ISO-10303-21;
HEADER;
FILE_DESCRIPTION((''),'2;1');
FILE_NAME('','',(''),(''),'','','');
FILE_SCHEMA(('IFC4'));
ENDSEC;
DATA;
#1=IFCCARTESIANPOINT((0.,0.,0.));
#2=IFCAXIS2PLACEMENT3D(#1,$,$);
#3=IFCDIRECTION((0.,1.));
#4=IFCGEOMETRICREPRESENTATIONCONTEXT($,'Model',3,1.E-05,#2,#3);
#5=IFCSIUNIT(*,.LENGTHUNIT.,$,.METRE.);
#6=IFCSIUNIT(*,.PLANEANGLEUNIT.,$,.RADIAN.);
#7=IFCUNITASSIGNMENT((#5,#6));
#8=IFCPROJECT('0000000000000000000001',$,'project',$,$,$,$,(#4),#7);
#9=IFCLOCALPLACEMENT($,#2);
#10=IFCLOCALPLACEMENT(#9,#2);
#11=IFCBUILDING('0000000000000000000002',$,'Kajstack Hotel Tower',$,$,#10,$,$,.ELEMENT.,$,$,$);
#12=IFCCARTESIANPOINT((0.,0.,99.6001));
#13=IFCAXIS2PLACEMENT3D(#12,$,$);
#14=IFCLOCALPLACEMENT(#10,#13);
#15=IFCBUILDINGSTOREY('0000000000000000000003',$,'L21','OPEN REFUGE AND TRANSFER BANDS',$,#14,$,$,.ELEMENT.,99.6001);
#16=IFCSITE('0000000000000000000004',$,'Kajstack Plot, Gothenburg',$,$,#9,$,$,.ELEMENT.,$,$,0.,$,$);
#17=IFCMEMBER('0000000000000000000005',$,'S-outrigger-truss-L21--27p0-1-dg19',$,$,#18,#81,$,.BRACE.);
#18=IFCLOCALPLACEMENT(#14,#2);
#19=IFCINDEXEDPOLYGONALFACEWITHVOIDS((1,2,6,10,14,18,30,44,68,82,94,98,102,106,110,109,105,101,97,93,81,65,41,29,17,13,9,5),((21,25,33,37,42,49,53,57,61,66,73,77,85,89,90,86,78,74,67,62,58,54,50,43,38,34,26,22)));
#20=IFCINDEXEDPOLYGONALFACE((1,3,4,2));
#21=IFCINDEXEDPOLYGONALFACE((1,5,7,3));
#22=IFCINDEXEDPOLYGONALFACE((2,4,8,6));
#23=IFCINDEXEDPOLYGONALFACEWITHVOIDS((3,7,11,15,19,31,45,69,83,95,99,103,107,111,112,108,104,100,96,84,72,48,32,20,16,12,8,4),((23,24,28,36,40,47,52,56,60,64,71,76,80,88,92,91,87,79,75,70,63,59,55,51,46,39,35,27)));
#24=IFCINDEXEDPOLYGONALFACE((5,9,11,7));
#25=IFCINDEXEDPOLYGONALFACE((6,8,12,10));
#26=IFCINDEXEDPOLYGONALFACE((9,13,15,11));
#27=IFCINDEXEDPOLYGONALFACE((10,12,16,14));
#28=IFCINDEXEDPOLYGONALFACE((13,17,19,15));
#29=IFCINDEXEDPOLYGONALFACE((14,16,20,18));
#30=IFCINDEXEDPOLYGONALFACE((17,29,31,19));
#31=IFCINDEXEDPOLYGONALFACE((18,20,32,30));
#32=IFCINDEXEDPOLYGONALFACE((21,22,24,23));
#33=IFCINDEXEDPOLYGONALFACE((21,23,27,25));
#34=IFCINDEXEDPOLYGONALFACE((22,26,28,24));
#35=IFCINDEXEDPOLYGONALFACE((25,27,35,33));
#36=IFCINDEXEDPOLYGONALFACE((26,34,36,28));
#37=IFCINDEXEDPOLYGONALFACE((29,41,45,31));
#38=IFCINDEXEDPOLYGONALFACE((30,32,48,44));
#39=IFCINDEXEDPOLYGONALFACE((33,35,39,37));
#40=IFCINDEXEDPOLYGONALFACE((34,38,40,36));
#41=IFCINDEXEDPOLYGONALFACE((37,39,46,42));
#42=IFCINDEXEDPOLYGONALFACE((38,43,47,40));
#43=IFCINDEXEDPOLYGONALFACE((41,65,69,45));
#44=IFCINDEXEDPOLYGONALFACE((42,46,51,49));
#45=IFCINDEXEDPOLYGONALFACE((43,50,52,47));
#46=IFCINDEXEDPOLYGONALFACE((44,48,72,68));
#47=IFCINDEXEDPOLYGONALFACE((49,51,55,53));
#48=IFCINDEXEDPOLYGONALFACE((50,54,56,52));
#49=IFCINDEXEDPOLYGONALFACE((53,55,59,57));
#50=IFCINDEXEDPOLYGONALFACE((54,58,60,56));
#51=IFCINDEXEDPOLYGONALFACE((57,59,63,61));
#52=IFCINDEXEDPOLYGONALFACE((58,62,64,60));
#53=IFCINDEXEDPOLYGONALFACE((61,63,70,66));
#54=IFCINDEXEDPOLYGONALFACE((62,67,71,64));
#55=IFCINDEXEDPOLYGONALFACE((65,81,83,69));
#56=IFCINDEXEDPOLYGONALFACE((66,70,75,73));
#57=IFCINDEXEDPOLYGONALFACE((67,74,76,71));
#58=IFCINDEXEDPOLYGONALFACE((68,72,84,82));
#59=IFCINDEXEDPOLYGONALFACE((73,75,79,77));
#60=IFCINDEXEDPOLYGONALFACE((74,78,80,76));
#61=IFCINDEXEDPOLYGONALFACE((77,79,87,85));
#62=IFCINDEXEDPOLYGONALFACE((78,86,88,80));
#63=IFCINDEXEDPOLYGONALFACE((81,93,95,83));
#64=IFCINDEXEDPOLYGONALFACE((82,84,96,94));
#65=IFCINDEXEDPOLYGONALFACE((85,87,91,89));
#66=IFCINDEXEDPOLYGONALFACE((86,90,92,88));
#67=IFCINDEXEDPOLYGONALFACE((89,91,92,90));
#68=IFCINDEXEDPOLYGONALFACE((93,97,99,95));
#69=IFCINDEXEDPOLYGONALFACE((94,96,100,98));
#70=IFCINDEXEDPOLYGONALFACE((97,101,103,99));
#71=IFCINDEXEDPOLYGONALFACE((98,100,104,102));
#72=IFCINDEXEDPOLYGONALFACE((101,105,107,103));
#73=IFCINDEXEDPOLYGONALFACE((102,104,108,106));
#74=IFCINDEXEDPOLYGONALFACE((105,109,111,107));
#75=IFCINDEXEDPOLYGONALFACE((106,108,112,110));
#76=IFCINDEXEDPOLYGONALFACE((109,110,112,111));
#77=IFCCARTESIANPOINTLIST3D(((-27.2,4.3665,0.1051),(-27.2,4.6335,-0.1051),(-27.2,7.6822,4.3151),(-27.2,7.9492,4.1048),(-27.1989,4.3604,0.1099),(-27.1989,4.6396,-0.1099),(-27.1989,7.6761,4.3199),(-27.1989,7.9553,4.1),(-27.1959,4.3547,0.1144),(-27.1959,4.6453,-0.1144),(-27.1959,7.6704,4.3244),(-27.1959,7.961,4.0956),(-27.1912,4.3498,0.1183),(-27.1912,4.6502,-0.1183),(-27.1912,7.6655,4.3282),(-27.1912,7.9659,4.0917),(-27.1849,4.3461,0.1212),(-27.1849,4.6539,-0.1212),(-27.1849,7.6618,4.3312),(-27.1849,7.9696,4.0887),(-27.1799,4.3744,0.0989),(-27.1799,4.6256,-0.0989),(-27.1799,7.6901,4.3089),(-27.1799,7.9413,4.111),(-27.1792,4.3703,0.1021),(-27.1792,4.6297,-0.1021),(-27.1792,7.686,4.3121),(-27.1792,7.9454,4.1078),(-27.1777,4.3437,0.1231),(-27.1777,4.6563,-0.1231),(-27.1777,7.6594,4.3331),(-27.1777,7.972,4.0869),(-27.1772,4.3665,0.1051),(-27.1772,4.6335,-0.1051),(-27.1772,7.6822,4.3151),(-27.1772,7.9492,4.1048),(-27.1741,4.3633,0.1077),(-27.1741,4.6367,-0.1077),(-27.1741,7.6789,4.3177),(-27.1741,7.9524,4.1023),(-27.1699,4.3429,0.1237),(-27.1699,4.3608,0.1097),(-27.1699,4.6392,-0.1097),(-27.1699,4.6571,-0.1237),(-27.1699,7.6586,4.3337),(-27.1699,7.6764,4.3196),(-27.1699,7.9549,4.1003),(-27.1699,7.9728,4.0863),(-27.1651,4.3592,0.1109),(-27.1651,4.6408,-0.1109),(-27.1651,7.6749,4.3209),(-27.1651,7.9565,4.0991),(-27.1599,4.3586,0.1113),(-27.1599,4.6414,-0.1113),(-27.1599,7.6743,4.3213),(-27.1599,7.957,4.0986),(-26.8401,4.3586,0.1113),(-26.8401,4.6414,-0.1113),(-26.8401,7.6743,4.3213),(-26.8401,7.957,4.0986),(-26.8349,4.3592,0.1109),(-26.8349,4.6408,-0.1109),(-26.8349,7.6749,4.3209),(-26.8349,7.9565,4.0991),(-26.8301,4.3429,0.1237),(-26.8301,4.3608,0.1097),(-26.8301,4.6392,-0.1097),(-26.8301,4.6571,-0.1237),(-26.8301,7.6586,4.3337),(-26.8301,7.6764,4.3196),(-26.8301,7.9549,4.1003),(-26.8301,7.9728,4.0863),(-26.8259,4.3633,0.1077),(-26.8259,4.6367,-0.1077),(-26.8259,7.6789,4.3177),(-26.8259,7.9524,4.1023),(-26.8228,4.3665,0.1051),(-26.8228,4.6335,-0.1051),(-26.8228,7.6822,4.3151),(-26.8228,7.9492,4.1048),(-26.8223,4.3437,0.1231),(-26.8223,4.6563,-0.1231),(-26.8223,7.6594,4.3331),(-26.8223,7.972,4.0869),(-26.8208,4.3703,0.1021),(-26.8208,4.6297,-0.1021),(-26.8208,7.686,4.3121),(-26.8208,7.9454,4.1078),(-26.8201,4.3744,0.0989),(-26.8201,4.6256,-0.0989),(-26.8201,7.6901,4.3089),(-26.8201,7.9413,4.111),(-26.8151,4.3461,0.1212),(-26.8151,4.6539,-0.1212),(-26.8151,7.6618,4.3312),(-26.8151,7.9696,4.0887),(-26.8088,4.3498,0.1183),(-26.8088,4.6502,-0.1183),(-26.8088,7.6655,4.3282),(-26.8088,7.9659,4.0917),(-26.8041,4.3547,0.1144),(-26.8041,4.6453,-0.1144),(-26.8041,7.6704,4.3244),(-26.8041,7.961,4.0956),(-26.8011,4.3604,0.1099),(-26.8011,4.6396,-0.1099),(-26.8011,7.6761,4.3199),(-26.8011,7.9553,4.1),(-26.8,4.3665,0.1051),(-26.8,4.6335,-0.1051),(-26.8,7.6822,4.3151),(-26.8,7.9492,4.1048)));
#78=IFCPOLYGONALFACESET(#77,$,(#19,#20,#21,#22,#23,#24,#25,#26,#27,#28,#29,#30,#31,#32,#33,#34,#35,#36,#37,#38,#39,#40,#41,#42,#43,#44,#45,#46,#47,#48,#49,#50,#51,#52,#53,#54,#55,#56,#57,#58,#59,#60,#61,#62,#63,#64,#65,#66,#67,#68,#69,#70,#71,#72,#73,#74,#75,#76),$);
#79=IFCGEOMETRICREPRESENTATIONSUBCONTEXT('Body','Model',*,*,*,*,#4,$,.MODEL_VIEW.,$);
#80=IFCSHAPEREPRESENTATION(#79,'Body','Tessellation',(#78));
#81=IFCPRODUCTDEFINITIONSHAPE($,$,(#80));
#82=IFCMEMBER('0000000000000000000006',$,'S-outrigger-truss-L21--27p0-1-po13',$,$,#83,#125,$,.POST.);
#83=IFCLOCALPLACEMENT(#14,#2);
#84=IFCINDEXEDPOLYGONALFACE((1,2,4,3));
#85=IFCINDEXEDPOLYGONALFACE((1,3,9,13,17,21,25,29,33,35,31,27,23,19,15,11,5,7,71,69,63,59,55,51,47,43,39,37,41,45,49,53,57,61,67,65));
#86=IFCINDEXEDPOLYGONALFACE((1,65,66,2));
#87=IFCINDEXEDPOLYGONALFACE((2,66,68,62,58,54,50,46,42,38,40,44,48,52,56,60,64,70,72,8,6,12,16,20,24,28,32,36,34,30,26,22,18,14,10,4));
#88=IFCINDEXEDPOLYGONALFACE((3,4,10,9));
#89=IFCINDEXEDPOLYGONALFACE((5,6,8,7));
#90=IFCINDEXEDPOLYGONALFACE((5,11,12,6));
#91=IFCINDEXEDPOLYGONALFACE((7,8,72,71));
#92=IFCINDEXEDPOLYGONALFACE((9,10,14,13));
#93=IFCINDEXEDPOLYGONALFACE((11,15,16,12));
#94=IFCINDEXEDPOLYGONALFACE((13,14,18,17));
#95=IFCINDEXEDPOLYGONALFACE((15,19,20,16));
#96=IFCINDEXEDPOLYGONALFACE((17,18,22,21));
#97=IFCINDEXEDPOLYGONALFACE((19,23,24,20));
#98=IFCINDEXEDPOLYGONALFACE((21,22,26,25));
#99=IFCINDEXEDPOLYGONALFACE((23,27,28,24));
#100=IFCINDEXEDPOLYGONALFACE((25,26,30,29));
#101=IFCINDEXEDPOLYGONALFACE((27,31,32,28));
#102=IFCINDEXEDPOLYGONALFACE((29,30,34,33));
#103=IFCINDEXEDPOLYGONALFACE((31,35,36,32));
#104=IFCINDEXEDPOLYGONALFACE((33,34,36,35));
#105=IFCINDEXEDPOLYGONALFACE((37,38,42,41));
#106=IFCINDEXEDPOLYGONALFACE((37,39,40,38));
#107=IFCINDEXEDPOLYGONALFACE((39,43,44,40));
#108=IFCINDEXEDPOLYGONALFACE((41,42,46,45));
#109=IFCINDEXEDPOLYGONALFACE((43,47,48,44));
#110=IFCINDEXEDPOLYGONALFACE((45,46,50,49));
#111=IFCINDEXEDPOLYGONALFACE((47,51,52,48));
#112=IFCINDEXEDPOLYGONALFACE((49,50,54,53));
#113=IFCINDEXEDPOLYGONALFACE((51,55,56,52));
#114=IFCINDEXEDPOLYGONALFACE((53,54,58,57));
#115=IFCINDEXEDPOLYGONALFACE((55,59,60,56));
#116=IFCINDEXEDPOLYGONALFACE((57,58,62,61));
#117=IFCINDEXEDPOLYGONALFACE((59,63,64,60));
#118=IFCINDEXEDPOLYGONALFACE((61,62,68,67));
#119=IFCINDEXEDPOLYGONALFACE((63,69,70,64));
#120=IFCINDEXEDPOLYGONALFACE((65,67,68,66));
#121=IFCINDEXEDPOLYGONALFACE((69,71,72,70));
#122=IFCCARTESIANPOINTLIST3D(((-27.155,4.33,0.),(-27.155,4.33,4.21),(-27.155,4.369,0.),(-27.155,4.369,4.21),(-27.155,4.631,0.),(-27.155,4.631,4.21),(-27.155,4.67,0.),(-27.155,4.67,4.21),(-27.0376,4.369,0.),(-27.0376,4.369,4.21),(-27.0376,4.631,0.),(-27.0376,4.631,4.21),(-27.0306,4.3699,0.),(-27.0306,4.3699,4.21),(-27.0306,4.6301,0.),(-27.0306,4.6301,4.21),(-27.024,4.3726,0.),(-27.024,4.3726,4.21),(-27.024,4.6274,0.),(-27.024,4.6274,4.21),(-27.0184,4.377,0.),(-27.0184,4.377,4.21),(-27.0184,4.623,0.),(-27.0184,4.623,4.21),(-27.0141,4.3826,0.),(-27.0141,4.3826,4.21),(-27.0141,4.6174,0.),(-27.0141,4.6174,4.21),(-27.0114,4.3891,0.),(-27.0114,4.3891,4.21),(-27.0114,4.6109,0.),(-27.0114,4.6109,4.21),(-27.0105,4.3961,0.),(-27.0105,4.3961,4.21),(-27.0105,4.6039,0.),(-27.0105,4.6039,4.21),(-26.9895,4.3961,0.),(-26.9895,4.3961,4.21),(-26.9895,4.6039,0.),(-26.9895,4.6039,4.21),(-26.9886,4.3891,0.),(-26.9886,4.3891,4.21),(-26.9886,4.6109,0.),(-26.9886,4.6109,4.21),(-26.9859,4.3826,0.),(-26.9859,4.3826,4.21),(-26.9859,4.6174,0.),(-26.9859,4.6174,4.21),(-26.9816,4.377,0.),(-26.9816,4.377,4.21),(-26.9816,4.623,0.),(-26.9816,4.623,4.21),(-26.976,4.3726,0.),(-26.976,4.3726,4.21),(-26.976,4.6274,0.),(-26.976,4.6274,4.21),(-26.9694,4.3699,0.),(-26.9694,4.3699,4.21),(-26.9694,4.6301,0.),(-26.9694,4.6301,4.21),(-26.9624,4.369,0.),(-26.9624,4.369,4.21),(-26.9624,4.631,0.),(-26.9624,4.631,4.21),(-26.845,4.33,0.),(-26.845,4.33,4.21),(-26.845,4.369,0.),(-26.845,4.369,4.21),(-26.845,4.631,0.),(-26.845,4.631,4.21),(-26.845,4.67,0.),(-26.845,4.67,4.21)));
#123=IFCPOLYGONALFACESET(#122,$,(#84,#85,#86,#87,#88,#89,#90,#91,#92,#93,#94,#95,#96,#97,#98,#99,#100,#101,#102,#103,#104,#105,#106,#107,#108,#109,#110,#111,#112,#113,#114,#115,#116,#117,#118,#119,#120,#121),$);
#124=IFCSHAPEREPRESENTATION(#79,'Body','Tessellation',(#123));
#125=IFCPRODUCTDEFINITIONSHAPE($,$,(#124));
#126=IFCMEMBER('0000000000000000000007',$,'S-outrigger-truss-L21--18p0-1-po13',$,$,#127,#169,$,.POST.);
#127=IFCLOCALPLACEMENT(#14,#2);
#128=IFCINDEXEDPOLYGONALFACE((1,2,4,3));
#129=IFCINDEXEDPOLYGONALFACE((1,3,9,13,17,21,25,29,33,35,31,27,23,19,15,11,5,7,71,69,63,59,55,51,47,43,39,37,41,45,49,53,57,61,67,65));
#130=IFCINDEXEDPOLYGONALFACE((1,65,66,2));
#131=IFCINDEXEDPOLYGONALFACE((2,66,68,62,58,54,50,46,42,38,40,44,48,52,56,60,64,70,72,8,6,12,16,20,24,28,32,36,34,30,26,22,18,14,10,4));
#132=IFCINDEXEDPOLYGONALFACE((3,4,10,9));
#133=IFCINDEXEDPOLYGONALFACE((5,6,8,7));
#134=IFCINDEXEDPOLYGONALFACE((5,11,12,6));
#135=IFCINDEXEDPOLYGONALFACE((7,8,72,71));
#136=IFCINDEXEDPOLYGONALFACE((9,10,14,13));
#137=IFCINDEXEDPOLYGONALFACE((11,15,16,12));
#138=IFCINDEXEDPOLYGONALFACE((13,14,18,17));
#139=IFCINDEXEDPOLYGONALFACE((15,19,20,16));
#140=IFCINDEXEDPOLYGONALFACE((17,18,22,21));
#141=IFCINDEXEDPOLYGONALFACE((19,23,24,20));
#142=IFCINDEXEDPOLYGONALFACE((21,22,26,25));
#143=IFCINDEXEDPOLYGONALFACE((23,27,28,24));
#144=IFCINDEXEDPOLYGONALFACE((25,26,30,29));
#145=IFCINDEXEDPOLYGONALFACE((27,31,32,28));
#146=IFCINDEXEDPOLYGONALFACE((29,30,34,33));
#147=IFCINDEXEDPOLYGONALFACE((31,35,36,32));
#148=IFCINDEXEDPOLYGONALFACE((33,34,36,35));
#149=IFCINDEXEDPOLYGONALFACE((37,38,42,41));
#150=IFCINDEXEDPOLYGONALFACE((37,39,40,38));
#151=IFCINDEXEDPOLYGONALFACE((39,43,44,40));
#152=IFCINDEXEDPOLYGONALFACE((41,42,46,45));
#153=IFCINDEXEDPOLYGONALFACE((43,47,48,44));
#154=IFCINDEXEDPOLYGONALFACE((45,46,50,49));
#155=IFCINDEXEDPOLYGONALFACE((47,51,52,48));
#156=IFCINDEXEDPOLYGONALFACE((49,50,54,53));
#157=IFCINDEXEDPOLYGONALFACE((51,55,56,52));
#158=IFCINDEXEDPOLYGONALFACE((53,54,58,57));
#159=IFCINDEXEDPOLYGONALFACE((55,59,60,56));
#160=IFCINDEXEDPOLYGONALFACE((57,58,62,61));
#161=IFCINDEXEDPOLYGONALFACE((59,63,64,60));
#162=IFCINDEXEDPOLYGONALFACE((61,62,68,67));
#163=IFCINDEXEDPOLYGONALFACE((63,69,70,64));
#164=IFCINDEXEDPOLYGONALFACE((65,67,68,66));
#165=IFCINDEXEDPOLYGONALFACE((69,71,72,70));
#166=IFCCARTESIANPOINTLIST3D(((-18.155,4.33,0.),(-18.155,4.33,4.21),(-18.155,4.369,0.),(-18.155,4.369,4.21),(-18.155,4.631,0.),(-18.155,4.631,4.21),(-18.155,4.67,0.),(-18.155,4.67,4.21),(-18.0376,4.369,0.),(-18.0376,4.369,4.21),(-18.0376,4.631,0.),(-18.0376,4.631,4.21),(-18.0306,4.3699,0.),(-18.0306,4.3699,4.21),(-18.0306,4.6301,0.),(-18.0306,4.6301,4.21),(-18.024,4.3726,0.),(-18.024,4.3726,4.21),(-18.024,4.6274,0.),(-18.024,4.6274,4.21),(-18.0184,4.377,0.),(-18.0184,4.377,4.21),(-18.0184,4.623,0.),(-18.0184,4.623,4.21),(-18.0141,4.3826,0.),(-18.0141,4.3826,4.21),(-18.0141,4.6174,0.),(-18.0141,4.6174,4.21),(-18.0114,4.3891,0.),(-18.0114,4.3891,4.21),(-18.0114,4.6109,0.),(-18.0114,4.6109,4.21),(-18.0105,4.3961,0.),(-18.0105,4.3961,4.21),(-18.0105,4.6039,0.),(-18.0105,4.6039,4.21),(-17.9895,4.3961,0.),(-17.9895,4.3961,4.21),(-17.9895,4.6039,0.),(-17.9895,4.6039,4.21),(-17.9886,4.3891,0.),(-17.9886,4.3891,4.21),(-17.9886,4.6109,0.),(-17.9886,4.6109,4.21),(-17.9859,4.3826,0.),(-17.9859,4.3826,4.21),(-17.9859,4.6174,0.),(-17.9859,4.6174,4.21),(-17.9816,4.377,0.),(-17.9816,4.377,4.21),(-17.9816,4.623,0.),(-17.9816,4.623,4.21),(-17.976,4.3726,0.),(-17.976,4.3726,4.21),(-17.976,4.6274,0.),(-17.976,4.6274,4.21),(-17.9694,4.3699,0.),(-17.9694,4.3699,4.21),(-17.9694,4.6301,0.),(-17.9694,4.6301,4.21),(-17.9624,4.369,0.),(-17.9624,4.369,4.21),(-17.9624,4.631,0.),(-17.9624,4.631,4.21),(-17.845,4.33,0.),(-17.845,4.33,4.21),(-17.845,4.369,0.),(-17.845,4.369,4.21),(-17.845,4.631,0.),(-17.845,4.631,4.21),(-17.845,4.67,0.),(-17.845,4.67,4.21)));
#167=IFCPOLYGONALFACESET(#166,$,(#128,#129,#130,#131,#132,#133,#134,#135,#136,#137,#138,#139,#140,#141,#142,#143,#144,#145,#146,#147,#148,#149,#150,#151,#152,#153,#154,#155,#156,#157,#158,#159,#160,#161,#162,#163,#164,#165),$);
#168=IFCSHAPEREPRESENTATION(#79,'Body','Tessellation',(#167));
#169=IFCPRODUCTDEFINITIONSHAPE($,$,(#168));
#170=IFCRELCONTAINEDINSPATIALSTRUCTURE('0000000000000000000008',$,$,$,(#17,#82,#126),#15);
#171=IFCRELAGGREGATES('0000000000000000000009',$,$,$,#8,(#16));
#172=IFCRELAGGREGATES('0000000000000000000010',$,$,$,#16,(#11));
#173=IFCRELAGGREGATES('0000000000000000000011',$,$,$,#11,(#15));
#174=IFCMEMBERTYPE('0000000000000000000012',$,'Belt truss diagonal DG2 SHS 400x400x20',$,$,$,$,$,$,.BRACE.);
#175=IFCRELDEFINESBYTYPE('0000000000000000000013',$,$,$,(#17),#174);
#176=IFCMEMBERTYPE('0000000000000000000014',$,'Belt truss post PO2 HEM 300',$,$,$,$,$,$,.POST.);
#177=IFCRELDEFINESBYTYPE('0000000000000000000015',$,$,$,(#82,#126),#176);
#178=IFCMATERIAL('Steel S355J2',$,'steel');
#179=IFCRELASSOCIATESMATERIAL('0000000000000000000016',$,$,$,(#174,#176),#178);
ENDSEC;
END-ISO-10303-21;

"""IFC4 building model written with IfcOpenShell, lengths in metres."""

from ifc_helpers import new_model, si_unit, direction, frame, origin, origin_2d, place, context, subcontext, project, spatial, hollow_rectangle, i_section, extrude, material, material_profile, profile_set, type_object, element, save


model = new_model("IFC4")

# Units and contexts
model_context = context("Model", 3, precision=1e-05, world=origin(), true_north=direction((0.0, 1.0)))
body_context = subcontext(model_context, "Body", "Model", "MODEL_VIEW")
ifc_project = project(units=[si_unit("LENGTHUNIT", "METRE"), si_unit("PLANEANGLEUNIT", "RADIAN")], contexts=[model_context])

# Site, building, storey
site_placement = place(None, origin())
site = spatial("IfcSite", under=ifc_project, at=site_placement, Name="Kajstack Plot, Gothenburg", CompositionType="ELEMENT", RefElevation=0.0)
building_placement = place(site_placement, origin())
building = spatial("IfcBuilding", under=site, at=building_placement, Name="Kajstack Hotel Tower", CompositionType="ELEMENT")
storey_placement = place(building_placement, frame((0.0, 0.0, 99.6001)))
storey = spatial("IfcBuildingStorey", under=building, at=storey_placement, Name="L21", Description="OPEN REFUGE AND TRANSFER BANDS", CompositionType="ELEMENT", Elevation=99.6001)

# Members
ifc_material_1 = material(Name="Steel S355J2", Category="steel")
ifc_material_profile_1 = material_profile(ifc_material_1, hollow_rectangle(XDim=0.3999, YDim=0.3999, WallThickness=0.02, InnerFilletRadius=0.02, OuterFilletRadius=0.03, at=origin_2d()), Name="SHS 400x400x20")
ifc_profile_set_1 = profile_set([ifc_material_profile_1], Name="Steel S355J2")
member_type_1 = type_object("IfcMemberType", Name="Belt truss diagonal DG2 SHS 400x400x20", PredefinedType="BRACE", material=ifc_profile_set_1)
member_1_placement = place(storey_placement, frame((-27.0, 4.5, 0.0), z_axis=(0.0, 0.618727, 0.785606), x_axis=(-1.0, 0.0, 0.0)))
element("IfcMember", 1, at=member_1_placement, inside=storey, type_object=member_type_1, Name="S-outrigger-truss-L21--27p0-1-dg19", PredefinedType="BRACE", context=body_context, shape_type="SweptSolid", body=[
    extrude(hollow_rectangle(XDim=0.3999, YDim=0.3999, WallThickness=0.02, InnerFilletRadius=0.02, OuterFilletRadius=0.03, at=origin_2d()), origin(), (0.0, 0.0, 1.0), 5.3589),
])
ifc_material_profile_2 = material_profile(ifc_material_1, i_section(OverallWidth=0.3101, OverallDepth=0.3401, WebThickness=0.021, FlangeThickness=0.0391, FilletRadius=0.0271, at=origin_2d()), Name="HEM 300")
ifc_profile_set_2 = profile_set([ifc_material_profile_2], Name="Steel S355J2")
member_type_2 = type_object("IfcMemberType", Name="Belt truss post PO2 HEM 300", PredefinedType="POST", material=ifc_profile_set_2)
for number, where, z_axis, x_axis, name in (
    (2, (-27.0, 4.5, 0.0), (0.0, 0.0, 1.0), (1.0, 0.0, 0.0), "S-outrigger-truss-L21--27p0-1-po13"),
    (3, (-18.0, 4.5, 0.0), (0.0, 0.0, 1.0), (1.0, 0.0, 0.0), "S-outrigger-truss-L21--18p0-1-po13"),
):
    element("IfcMember", number, at=place(storey_placement, frame(where, z_axis=z_axis, x_axis=x_axis)), inside=storey, type_object=member_type_2, Name=name, PredefinedType="POST", context=body_context, shape_type="SweptSolid", body=[
        extrude(i_section(OverallWidth=0.3101, OverallDepth=0.3401, WebThickness=0.021, FlangeThickness=0.0391, FilletRadius=0.0271, at=origin_2d()), origin(), (0.0, 0.0, 1.0), 4.21),
    ])

save(model, "model.ifc")
